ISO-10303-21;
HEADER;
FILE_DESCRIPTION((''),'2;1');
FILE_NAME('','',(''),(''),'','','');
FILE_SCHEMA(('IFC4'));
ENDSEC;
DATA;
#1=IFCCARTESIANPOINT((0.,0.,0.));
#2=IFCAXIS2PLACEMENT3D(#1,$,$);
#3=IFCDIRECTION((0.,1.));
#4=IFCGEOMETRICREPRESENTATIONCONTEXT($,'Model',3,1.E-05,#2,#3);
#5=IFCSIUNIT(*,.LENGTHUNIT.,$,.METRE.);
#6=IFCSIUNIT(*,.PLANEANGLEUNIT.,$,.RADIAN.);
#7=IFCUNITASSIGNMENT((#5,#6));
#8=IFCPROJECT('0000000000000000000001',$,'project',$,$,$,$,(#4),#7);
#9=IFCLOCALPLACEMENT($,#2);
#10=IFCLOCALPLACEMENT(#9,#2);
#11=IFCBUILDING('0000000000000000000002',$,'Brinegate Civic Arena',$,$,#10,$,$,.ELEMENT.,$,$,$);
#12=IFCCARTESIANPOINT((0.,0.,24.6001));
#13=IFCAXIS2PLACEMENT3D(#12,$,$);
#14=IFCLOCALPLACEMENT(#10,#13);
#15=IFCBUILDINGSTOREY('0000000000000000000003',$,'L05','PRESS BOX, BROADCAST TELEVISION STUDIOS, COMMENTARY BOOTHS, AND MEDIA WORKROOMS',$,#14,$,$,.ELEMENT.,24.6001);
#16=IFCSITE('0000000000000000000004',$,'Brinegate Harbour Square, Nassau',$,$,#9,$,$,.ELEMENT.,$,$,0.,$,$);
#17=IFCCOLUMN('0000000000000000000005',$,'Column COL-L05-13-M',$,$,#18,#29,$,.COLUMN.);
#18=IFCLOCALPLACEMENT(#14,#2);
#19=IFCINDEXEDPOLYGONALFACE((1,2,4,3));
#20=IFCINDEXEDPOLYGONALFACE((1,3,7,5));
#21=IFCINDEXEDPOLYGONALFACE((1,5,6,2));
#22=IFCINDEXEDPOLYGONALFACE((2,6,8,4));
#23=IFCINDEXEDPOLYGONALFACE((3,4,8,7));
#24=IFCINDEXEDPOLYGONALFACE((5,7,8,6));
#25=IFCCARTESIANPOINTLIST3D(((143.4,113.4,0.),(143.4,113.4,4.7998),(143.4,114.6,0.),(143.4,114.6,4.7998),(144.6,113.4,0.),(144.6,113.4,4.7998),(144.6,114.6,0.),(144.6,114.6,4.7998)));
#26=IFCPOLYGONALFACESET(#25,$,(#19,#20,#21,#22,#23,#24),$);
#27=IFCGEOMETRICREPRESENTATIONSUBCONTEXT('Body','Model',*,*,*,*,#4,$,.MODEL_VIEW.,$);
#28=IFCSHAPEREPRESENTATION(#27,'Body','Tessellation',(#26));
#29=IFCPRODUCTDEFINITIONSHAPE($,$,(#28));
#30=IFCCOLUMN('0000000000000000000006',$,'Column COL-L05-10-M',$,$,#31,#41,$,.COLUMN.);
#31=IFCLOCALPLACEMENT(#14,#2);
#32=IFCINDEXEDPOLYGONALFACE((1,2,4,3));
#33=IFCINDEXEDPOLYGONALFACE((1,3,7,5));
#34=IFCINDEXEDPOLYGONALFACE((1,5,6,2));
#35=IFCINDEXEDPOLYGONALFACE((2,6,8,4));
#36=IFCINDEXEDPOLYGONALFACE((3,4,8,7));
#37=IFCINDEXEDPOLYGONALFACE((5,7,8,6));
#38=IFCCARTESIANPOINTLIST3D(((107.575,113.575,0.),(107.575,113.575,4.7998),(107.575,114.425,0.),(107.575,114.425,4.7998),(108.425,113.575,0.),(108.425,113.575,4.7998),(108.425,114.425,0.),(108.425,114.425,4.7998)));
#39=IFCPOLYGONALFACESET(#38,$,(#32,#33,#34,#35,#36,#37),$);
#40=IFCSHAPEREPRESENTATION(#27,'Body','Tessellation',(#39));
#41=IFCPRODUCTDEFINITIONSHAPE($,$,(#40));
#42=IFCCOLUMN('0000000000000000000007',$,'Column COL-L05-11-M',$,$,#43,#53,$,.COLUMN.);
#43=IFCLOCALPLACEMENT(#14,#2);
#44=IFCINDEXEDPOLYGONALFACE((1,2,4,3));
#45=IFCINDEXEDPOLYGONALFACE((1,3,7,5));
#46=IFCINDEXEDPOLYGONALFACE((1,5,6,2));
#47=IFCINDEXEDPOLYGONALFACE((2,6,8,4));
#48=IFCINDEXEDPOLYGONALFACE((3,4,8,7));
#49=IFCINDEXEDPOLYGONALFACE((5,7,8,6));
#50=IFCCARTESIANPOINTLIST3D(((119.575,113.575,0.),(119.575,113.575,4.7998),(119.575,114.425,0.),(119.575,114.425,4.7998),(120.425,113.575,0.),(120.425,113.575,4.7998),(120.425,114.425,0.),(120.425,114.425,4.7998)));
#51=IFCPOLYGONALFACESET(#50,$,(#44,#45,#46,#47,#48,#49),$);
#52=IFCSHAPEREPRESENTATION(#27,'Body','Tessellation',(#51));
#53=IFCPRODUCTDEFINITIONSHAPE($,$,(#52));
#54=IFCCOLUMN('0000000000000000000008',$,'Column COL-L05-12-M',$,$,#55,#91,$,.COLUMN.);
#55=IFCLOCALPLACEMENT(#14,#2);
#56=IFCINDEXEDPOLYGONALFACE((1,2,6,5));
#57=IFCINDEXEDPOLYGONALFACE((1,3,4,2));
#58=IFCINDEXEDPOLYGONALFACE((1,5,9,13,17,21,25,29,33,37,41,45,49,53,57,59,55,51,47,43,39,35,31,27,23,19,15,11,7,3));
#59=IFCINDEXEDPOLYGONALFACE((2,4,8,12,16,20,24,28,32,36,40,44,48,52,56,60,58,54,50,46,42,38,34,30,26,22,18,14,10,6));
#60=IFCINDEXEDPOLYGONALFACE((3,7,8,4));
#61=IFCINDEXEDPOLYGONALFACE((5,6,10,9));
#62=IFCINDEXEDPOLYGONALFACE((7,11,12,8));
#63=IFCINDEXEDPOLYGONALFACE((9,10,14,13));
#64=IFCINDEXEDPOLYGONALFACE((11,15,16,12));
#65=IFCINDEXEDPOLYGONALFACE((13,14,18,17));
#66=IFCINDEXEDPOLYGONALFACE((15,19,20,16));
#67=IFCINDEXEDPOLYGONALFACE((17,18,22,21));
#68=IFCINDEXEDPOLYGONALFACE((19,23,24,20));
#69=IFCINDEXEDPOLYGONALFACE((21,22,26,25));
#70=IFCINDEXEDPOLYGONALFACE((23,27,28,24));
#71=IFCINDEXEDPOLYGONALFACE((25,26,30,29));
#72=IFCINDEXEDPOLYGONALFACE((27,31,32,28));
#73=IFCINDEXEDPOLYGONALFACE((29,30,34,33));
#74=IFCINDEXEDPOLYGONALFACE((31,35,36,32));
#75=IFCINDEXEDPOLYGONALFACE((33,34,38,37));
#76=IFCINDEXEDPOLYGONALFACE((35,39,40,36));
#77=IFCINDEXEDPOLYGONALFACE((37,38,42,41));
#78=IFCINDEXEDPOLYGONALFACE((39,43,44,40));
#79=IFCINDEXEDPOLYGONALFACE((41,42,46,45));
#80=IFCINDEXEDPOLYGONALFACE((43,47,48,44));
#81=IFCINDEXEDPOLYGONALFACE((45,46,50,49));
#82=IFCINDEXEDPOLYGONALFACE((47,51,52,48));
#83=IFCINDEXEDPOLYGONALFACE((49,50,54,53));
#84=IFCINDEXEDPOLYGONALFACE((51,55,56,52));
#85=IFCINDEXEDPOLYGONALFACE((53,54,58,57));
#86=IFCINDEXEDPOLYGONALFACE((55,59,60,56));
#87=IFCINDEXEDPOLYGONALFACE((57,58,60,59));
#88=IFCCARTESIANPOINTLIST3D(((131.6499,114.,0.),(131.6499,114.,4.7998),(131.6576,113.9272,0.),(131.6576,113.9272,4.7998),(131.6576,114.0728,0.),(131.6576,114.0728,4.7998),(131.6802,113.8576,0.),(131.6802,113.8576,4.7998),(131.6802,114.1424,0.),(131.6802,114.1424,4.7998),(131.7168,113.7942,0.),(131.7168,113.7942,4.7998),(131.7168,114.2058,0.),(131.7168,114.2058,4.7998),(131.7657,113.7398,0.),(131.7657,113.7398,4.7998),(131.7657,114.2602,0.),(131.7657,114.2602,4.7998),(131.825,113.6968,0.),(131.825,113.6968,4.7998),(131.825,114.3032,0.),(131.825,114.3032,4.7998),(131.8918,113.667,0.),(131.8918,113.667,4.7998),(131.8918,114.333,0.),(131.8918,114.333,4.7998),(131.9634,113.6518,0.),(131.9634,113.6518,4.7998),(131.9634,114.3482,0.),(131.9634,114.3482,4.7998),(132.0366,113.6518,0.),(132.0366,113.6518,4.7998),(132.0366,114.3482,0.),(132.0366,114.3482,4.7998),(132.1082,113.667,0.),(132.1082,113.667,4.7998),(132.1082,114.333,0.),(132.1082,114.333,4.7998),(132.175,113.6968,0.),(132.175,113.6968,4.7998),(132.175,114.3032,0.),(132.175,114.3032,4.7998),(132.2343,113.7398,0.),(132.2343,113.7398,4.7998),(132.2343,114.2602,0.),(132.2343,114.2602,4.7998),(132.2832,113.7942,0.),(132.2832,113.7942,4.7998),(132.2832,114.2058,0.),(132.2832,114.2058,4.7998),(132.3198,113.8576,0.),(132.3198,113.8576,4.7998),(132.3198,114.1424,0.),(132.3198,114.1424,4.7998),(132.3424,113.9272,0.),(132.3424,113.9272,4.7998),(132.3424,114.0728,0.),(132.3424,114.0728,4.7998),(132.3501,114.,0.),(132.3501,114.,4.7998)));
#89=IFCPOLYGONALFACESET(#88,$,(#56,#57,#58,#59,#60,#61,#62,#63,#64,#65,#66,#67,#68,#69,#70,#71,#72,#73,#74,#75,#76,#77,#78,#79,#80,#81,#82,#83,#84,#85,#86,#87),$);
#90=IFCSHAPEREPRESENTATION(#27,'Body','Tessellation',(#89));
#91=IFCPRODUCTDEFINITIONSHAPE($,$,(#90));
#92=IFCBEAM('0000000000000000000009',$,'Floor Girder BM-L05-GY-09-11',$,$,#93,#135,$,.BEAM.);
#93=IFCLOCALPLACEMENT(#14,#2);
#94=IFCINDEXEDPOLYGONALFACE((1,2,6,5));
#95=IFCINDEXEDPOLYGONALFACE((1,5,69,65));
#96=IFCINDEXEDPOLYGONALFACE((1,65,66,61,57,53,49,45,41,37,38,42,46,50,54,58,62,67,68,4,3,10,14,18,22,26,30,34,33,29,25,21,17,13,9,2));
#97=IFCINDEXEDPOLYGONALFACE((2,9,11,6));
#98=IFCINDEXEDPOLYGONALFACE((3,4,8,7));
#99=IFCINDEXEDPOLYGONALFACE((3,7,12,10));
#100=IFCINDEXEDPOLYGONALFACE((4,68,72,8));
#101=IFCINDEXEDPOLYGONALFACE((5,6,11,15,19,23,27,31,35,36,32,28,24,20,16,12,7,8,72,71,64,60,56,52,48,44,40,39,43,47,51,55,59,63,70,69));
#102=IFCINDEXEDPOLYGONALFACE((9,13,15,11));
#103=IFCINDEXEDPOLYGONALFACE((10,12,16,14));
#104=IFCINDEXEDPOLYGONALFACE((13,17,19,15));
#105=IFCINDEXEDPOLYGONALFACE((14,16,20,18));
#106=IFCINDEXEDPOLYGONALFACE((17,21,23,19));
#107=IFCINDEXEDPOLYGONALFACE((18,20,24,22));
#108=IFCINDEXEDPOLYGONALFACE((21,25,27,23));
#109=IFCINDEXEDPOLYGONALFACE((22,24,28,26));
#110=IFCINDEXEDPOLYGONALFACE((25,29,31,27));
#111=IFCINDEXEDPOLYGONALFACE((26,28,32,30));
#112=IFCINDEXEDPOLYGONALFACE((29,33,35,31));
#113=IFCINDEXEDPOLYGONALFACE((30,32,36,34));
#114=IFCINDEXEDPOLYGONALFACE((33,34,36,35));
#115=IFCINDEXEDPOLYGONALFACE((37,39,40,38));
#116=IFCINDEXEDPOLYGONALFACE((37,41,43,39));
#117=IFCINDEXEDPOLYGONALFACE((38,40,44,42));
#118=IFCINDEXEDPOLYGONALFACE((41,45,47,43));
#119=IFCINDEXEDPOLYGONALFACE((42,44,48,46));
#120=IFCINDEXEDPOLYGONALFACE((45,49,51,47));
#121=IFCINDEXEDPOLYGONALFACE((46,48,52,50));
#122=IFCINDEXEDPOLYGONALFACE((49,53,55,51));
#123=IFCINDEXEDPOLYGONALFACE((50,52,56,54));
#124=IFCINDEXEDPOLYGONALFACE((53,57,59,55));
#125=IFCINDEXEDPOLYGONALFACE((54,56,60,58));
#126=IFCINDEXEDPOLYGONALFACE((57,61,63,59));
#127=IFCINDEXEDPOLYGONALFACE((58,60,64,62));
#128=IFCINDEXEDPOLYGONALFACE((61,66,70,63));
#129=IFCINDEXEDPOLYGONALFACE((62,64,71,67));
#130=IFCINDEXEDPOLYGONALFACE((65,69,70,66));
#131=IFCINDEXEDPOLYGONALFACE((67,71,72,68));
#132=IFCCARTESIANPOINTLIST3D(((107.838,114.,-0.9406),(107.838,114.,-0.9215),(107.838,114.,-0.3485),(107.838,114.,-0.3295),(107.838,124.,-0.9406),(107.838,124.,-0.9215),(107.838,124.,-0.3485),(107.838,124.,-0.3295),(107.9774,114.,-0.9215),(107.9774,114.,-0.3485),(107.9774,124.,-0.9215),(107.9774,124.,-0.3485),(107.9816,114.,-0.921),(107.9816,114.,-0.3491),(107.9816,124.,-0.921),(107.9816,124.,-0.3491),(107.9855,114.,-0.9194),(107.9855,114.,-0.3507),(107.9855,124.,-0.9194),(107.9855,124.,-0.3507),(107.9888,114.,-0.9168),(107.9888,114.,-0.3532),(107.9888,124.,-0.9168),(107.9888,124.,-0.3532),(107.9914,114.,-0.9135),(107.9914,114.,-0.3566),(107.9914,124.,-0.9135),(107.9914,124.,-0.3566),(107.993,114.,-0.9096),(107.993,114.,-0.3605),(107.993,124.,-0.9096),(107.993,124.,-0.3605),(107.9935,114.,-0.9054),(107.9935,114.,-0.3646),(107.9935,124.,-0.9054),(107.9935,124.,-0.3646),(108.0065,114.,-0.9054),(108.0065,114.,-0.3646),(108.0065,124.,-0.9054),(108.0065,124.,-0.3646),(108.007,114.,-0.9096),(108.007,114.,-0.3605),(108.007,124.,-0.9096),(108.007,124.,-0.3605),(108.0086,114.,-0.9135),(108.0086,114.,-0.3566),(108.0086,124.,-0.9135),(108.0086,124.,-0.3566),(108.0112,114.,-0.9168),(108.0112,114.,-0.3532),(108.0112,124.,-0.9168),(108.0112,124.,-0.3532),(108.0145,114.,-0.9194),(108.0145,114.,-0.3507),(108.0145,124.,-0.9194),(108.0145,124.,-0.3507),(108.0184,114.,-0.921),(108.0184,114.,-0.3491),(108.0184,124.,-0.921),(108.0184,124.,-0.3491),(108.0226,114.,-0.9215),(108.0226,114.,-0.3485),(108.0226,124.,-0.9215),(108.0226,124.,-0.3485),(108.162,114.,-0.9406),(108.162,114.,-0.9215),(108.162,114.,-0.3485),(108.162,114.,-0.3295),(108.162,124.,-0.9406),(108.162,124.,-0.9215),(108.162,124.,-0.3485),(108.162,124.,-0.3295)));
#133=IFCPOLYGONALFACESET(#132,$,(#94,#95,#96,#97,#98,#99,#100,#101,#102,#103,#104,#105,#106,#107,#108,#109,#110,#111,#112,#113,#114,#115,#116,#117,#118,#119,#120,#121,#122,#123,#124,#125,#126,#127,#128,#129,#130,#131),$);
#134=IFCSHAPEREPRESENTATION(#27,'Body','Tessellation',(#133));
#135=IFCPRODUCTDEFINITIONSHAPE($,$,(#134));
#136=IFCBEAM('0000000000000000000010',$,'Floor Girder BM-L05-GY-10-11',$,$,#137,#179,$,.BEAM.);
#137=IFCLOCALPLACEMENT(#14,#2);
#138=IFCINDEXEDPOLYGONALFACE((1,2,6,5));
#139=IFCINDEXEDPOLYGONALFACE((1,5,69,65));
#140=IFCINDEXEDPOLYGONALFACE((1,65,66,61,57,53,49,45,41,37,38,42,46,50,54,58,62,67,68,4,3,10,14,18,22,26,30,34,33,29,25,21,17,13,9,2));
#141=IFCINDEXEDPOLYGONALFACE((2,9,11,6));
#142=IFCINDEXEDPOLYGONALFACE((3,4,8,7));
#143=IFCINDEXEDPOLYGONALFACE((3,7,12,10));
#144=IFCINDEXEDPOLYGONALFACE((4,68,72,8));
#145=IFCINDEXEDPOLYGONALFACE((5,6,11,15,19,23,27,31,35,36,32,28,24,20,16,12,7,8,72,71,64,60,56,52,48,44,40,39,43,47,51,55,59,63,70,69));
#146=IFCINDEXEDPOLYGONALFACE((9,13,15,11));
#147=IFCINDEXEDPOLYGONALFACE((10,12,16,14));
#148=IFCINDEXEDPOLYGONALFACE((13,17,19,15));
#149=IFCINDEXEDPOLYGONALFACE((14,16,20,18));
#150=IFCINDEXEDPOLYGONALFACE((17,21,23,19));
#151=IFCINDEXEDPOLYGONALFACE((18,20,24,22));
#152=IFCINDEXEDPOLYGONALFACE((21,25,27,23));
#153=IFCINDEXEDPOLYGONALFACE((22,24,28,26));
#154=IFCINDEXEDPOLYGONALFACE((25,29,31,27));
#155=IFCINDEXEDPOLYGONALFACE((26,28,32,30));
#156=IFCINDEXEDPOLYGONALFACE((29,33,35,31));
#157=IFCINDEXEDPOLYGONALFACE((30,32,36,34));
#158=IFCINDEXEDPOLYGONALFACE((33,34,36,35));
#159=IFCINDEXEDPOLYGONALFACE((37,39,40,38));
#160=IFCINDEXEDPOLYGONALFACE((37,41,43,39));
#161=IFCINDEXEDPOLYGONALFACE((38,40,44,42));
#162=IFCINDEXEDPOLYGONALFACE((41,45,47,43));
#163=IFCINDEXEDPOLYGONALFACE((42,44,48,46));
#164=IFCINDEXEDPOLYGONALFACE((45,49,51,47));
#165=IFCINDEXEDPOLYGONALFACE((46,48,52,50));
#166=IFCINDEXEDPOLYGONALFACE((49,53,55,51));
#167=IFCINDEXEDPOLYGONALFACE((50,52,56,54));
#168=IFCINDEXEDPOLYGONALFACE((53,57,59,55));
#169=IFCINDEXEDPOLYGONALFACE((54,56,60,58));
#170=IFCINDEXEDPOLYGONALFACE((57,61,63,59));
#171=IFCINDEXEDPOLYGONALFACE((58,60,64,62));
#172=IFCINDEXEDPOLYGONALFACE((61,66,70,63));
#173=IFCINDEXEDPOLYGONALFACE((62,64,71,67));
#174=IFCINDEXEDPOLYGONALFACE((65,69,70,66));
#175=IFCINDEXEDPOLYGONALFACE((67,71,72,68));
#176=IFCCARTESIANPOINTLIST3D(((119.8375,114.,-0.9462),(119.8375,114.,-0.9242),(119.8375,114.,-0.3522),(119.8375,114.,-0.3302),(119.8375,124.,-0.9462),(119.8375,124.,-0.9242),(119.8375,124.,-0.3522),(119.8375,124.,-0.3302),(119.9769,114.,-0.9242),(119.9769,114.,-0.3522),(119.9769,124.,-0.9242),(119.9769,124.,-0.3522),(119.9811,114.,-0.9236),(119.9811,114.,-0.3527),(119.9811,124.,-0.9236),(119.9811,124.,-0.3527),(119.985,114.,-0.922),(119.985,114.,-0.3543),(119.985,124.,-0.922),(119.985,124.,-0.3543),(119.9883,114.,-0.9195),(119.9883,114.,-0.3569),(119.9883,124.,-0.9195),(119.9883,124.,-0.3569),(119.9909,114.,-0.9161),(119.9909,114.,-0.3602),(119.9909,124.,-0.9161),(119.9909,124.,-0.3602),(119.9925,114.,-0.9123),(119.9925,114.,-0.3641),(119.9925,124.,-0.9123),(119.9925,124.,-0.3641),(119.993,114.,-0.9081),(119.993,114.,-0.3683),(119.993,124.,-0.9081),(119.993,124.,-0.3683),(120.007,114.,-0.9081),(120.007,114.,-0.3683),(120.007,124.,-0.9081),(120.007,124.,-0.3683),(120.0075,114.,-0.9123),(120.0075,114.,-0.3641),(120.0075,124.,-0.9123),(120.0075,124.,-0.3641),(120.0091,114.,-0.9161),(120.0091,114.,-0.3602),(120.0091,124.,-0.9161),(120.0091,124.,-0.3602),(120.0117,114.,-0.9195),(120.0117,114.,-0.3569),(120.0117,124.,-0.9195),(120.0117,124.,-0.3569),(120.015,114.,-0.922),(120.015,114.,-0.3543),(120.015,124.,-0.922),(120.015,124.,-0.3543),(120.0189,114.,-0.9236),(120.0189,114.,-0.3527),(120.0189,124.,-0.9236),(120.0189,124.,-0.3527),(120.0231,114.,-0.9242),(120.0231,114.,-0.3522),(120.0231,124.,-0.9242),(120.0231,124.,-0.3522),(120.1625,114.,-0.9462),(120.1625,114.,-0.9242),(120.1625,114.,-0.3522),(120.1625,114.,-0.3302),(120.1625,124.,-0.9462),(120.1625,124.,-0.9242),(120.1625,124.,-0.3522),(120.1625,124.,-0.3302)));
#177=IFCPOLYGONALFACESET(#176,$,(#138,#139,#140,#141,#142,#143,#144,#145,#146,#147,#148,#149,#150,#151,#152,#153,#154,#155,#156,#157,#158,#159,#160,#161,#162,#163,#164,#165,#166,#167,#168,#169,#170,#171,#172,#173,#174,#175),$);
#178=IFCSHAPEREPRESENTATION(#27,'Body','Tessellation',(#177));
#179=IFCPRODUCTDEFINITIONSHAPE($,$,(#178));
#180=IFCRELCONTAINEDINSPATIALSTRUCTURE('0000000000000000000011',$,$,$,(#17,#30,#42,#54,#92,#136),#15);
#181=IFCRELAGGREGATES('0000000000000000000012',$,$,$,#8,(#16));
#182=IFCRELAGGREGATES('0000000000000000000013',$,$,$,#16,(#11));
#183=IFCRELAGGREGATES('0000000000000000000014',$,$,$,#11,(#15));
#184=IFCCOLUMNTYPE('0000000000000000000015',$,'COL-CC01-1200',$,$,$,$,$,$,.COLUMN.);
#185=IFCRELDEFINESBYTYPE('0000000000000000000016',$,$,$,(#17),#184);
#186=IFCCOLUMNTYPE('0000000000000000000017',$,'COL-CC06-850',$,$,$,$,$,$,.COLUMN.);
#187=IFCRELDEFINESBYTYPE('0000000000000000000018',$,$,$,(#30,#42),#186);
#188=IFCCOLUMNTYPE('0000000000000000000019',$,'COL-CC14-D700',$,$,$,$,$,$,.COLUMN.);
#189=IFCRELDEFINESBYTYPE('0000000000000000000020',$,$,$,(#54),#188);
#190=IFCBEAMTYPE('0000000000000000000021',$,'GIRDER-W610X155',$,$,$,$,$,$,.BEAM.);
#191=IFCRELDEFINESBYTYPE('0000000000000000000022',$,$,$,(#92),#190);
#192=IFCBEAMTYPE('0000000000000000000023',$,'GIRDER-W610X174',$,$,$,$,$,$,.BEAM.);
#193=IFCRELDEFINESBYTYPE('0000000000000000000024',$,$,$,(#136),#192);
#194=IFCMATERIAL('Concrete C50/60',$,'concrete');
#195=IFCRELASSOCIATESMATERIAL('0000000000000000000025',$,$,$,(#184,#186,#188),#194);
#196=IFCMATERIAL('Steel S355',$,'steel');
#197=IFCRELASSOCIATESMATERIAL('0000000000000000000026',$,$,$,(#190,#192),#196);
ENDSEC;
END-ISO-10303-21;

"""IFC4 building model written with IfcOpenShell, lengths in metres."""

from ifc_helpers import new_model, si_unit, direction, frame, origin, origin_2d, place, context, subcontext, project, spatial, rectangle, circle, i_section, extrude, material, material_profile, profile_set, type_object, element, save


model = new_model("IFC4")

# Units and contexts
model_context = context("Model", 3, precision=1e-05, world=origin(), true_north=direction((0.0, 1.0)))
body_context = subcontext(model_context, "Body", "Model", "MODEL_VIEW")
ifc_project = project(units=[si_unit("LENGTHUNIT", "METRE"), si_unit("PLANEANGLEUNIT", "RADIAN")], contexts=[model_context])

# Site, building, storey
site_placement = place(None, origin())
site = spatial("IfcSite", under=ifc_project, at=site_placement, Name="Brinegate Harbour Square, Nassau", CompositionType="ELEMENT", RefElevation=0.0)
building_placement = place(site_placement, origin())
building = spatial("IfcBuilding", under=site, at=building_placement, Name="Brinegate Civic Arena", CompositionType="ELEMENT")
storey_placement = place(building_placement, frame((0.0, 0.0, 24.6001)))
storey = spatial("IfcBuildingStorey", under=building, at=storey_placement, Name="L05", Description="PRESS BOX, BROADCAST TELEVISION STUDIOS, COMMENTARY BOOTHS, AND MEDIA WORKROOMS", CompositionType="ELEMENT", Elevation=24.6001)

# Columns
ifc_material_1 = material(Name="Concrete C50/60", Category="concrete")
ifc_material_profile_1 = material_profile(ifc_material_1, rectangle(XDim=1.2, YDim=1.2, at=origin_2d()), Name="RC1200X1200")
ifc_profile_set_1 = profile_set([ifc_material_profile_1], Name="Concrete C50/60")
column_type_1 = type_object("IfcColumnType", Name="COL-CC01-1200", PredefinedType="COLUMN", material=ifc_profile_set_1)
column_1_placement = place(storey_placement, frame((144.0, 114.0, 0.0), z_axis=(0.0, 0.0, 1.0), x_axis=(1.0, 0.0, 0.0)))
element("IfcColumn", 1, at=column_1_placement, inside=storey, type_object=column_type_1, Name="Column COL-L05-13-M", PredefinedType="COLUMN", context=body_context, shape_type="SweptSolid", body=[
    extrude(rectangle(XDim=1.2, YDim=1.2, at=origin_2d()), origin(), (0.0, 0.0, 1.0), 4.7998),
])
ifc_material_profile_2 = material_profile(ifc_material_1, rectangle(XDim=0.8501, YDim=0.8501, at=origin_2d()), Name="RC850X850")
ifc_profile_set_2 = profile_set([ifc_material_profile_2], Name="Concrete C50/60")
column_type_2 = type_object("IfcColumnType", Name="COL-CC06-850", PredefinedType="COLUMN", material=ifc_profile_set_2)
for number, where, z_axis, x_axis, name in (
    (2, (108.0, 114.0, 0.0), (0.0, 0.0, 1.0), (1.0, 0.0, 0.0), "Column COL-L05-10-M"),
    (3, (120.0, 114.0, 0.0), (0.0, 0.0, 1.0), (1.0, 0.0, 0.0), "Column COL-L05-11-M"),
):
    element("IfcColumn", number, at=place(storey_placement, frame(where, z_axis=z_axis, x_axis=x_axis)), inside=storey, type_object=column_type_2, Name=name, PredefinedType="COLUMN", context=body_context, shape_type="SweptSolid", body=[
        extrude(rectangle(XDim=0.8501, YDim=0.8501, at=origin_2d()), origin(), (0.0, 0.0, 1.0), 4.7998),
    ])
ifc_material_profile_3 = material_profile(ifc_material_1, circle(Radius=0.3501, at=origin_2d()), Name="RCD700")
ifc_profile_set_3 = profile_set([ifc_material_profile_3], Name="Concrete C50/60")
column_type_3 = type_object("IfcColumnType", Name="COL-CC14-D700", PredefinedType="COLUMN", material=ifc_profile_set_3)
column_2_placement = place(storey_placement, frame((132.0, 114.0, 0.0), z_axis=(0.0, 0.0, 1.0), x_axis=(1.0, 0.0, 0.0)))
element("IfcColumn", 4, at=column_2_placement, inside=storey, type_object=column_type_3, Name="Column COL-L05-12-M", PredefinedType="COLUMN", context=body_context, shape_type="SweptSolid", body=[
    extrude(circle(Radius=0.3501, at=origin_2d()), origin(), (0.0, 0.0, 1.0), 4.7998),
])

# Beams
ifc_material_2 = material(Name="Steel S355", Category="steel")
ifc_material_profile_4 = material_profile(ifc_material_2, i_section(OverallWidth=0.324, OverallDepth=0.6111, WebThickness=0.0129, FlangeThickness=0.019, FilletRadius=0.0161, at=origin_2d()), Name="W610X155")
ifc_profile_set_4 = profile_set([ifc_material_profile_4], Name="Steel S355")
beam_type_1 = type_object("IfcBeamType", Name="GIRDER-W610X155", PredefinedType="BEAM", material=ifc_profile_set_4)
beam_1_placement = place(storey_placement, frame((108.0, 114.0, -0.635), z_axis=(0.0, 1.0, 0.0), x_axis=(-1.0, 0.0, 0.0)))
element("IfcBeam", 5, at=beam_1_placement, inside=storey, type_object=beam_type_1, Name="Floor Girder BM-L05-GY-09-11", PredefinedType="BEAM", context=body_context, shape_type="SweptSolid", body=[
    extrude(i_section(OverallWidth=0.324, OverallDepth=0.6111, WebThickness=0.0129, FlangeThickness=0.019, FilletRadius=0.0161, at=origin_2d()), origin(), (0.0, 0.0, 1.0), 10.0),
])
ifc_material_profile_5 = material_profile(ifc_material_2, i_section(OverallWidth=0.325, OverallDepth=0.616, WebThickness=0.0139, FlangeThickness=0.022, FilletRadius=0.0161, at=origin_2d()), Name="W610X174")
ifc_profile_set_5 = profile_set([ifc_material_profile_5], Name="Steel S355")
beam_type_2 = type_object("IfcBeamType", Name="GIRDER-W610X174", PredefinedType="BEAM", material=ifc_profile_set_5)
beam_2_placement = place(storey_placement, frame((120.0, 114.0, -0.6382), z_axis=(0.0, 1.0, 0.0), x_axis=(-1.0, 0.0, 0.0)))
element("IfcBeam", 6, at=beam_2_placement, inside=storey, type_object=beam_type_2, Name="Floor Girder BM-L05-GY-10-11", PredefinedType="BEAM", context=body_context, shape_type="SweptSolid", body=[
    extrude(i_section(OverallWidth=0.325, OverallDepth=0.616, WebThickness=0.0139, FlangeThickness=0.022, FilletRadius=0.0161, at=origin_2d()), origin(), (0.0, 0.0, 1.0), 10.0),
])

save(model, "model.ifc")
